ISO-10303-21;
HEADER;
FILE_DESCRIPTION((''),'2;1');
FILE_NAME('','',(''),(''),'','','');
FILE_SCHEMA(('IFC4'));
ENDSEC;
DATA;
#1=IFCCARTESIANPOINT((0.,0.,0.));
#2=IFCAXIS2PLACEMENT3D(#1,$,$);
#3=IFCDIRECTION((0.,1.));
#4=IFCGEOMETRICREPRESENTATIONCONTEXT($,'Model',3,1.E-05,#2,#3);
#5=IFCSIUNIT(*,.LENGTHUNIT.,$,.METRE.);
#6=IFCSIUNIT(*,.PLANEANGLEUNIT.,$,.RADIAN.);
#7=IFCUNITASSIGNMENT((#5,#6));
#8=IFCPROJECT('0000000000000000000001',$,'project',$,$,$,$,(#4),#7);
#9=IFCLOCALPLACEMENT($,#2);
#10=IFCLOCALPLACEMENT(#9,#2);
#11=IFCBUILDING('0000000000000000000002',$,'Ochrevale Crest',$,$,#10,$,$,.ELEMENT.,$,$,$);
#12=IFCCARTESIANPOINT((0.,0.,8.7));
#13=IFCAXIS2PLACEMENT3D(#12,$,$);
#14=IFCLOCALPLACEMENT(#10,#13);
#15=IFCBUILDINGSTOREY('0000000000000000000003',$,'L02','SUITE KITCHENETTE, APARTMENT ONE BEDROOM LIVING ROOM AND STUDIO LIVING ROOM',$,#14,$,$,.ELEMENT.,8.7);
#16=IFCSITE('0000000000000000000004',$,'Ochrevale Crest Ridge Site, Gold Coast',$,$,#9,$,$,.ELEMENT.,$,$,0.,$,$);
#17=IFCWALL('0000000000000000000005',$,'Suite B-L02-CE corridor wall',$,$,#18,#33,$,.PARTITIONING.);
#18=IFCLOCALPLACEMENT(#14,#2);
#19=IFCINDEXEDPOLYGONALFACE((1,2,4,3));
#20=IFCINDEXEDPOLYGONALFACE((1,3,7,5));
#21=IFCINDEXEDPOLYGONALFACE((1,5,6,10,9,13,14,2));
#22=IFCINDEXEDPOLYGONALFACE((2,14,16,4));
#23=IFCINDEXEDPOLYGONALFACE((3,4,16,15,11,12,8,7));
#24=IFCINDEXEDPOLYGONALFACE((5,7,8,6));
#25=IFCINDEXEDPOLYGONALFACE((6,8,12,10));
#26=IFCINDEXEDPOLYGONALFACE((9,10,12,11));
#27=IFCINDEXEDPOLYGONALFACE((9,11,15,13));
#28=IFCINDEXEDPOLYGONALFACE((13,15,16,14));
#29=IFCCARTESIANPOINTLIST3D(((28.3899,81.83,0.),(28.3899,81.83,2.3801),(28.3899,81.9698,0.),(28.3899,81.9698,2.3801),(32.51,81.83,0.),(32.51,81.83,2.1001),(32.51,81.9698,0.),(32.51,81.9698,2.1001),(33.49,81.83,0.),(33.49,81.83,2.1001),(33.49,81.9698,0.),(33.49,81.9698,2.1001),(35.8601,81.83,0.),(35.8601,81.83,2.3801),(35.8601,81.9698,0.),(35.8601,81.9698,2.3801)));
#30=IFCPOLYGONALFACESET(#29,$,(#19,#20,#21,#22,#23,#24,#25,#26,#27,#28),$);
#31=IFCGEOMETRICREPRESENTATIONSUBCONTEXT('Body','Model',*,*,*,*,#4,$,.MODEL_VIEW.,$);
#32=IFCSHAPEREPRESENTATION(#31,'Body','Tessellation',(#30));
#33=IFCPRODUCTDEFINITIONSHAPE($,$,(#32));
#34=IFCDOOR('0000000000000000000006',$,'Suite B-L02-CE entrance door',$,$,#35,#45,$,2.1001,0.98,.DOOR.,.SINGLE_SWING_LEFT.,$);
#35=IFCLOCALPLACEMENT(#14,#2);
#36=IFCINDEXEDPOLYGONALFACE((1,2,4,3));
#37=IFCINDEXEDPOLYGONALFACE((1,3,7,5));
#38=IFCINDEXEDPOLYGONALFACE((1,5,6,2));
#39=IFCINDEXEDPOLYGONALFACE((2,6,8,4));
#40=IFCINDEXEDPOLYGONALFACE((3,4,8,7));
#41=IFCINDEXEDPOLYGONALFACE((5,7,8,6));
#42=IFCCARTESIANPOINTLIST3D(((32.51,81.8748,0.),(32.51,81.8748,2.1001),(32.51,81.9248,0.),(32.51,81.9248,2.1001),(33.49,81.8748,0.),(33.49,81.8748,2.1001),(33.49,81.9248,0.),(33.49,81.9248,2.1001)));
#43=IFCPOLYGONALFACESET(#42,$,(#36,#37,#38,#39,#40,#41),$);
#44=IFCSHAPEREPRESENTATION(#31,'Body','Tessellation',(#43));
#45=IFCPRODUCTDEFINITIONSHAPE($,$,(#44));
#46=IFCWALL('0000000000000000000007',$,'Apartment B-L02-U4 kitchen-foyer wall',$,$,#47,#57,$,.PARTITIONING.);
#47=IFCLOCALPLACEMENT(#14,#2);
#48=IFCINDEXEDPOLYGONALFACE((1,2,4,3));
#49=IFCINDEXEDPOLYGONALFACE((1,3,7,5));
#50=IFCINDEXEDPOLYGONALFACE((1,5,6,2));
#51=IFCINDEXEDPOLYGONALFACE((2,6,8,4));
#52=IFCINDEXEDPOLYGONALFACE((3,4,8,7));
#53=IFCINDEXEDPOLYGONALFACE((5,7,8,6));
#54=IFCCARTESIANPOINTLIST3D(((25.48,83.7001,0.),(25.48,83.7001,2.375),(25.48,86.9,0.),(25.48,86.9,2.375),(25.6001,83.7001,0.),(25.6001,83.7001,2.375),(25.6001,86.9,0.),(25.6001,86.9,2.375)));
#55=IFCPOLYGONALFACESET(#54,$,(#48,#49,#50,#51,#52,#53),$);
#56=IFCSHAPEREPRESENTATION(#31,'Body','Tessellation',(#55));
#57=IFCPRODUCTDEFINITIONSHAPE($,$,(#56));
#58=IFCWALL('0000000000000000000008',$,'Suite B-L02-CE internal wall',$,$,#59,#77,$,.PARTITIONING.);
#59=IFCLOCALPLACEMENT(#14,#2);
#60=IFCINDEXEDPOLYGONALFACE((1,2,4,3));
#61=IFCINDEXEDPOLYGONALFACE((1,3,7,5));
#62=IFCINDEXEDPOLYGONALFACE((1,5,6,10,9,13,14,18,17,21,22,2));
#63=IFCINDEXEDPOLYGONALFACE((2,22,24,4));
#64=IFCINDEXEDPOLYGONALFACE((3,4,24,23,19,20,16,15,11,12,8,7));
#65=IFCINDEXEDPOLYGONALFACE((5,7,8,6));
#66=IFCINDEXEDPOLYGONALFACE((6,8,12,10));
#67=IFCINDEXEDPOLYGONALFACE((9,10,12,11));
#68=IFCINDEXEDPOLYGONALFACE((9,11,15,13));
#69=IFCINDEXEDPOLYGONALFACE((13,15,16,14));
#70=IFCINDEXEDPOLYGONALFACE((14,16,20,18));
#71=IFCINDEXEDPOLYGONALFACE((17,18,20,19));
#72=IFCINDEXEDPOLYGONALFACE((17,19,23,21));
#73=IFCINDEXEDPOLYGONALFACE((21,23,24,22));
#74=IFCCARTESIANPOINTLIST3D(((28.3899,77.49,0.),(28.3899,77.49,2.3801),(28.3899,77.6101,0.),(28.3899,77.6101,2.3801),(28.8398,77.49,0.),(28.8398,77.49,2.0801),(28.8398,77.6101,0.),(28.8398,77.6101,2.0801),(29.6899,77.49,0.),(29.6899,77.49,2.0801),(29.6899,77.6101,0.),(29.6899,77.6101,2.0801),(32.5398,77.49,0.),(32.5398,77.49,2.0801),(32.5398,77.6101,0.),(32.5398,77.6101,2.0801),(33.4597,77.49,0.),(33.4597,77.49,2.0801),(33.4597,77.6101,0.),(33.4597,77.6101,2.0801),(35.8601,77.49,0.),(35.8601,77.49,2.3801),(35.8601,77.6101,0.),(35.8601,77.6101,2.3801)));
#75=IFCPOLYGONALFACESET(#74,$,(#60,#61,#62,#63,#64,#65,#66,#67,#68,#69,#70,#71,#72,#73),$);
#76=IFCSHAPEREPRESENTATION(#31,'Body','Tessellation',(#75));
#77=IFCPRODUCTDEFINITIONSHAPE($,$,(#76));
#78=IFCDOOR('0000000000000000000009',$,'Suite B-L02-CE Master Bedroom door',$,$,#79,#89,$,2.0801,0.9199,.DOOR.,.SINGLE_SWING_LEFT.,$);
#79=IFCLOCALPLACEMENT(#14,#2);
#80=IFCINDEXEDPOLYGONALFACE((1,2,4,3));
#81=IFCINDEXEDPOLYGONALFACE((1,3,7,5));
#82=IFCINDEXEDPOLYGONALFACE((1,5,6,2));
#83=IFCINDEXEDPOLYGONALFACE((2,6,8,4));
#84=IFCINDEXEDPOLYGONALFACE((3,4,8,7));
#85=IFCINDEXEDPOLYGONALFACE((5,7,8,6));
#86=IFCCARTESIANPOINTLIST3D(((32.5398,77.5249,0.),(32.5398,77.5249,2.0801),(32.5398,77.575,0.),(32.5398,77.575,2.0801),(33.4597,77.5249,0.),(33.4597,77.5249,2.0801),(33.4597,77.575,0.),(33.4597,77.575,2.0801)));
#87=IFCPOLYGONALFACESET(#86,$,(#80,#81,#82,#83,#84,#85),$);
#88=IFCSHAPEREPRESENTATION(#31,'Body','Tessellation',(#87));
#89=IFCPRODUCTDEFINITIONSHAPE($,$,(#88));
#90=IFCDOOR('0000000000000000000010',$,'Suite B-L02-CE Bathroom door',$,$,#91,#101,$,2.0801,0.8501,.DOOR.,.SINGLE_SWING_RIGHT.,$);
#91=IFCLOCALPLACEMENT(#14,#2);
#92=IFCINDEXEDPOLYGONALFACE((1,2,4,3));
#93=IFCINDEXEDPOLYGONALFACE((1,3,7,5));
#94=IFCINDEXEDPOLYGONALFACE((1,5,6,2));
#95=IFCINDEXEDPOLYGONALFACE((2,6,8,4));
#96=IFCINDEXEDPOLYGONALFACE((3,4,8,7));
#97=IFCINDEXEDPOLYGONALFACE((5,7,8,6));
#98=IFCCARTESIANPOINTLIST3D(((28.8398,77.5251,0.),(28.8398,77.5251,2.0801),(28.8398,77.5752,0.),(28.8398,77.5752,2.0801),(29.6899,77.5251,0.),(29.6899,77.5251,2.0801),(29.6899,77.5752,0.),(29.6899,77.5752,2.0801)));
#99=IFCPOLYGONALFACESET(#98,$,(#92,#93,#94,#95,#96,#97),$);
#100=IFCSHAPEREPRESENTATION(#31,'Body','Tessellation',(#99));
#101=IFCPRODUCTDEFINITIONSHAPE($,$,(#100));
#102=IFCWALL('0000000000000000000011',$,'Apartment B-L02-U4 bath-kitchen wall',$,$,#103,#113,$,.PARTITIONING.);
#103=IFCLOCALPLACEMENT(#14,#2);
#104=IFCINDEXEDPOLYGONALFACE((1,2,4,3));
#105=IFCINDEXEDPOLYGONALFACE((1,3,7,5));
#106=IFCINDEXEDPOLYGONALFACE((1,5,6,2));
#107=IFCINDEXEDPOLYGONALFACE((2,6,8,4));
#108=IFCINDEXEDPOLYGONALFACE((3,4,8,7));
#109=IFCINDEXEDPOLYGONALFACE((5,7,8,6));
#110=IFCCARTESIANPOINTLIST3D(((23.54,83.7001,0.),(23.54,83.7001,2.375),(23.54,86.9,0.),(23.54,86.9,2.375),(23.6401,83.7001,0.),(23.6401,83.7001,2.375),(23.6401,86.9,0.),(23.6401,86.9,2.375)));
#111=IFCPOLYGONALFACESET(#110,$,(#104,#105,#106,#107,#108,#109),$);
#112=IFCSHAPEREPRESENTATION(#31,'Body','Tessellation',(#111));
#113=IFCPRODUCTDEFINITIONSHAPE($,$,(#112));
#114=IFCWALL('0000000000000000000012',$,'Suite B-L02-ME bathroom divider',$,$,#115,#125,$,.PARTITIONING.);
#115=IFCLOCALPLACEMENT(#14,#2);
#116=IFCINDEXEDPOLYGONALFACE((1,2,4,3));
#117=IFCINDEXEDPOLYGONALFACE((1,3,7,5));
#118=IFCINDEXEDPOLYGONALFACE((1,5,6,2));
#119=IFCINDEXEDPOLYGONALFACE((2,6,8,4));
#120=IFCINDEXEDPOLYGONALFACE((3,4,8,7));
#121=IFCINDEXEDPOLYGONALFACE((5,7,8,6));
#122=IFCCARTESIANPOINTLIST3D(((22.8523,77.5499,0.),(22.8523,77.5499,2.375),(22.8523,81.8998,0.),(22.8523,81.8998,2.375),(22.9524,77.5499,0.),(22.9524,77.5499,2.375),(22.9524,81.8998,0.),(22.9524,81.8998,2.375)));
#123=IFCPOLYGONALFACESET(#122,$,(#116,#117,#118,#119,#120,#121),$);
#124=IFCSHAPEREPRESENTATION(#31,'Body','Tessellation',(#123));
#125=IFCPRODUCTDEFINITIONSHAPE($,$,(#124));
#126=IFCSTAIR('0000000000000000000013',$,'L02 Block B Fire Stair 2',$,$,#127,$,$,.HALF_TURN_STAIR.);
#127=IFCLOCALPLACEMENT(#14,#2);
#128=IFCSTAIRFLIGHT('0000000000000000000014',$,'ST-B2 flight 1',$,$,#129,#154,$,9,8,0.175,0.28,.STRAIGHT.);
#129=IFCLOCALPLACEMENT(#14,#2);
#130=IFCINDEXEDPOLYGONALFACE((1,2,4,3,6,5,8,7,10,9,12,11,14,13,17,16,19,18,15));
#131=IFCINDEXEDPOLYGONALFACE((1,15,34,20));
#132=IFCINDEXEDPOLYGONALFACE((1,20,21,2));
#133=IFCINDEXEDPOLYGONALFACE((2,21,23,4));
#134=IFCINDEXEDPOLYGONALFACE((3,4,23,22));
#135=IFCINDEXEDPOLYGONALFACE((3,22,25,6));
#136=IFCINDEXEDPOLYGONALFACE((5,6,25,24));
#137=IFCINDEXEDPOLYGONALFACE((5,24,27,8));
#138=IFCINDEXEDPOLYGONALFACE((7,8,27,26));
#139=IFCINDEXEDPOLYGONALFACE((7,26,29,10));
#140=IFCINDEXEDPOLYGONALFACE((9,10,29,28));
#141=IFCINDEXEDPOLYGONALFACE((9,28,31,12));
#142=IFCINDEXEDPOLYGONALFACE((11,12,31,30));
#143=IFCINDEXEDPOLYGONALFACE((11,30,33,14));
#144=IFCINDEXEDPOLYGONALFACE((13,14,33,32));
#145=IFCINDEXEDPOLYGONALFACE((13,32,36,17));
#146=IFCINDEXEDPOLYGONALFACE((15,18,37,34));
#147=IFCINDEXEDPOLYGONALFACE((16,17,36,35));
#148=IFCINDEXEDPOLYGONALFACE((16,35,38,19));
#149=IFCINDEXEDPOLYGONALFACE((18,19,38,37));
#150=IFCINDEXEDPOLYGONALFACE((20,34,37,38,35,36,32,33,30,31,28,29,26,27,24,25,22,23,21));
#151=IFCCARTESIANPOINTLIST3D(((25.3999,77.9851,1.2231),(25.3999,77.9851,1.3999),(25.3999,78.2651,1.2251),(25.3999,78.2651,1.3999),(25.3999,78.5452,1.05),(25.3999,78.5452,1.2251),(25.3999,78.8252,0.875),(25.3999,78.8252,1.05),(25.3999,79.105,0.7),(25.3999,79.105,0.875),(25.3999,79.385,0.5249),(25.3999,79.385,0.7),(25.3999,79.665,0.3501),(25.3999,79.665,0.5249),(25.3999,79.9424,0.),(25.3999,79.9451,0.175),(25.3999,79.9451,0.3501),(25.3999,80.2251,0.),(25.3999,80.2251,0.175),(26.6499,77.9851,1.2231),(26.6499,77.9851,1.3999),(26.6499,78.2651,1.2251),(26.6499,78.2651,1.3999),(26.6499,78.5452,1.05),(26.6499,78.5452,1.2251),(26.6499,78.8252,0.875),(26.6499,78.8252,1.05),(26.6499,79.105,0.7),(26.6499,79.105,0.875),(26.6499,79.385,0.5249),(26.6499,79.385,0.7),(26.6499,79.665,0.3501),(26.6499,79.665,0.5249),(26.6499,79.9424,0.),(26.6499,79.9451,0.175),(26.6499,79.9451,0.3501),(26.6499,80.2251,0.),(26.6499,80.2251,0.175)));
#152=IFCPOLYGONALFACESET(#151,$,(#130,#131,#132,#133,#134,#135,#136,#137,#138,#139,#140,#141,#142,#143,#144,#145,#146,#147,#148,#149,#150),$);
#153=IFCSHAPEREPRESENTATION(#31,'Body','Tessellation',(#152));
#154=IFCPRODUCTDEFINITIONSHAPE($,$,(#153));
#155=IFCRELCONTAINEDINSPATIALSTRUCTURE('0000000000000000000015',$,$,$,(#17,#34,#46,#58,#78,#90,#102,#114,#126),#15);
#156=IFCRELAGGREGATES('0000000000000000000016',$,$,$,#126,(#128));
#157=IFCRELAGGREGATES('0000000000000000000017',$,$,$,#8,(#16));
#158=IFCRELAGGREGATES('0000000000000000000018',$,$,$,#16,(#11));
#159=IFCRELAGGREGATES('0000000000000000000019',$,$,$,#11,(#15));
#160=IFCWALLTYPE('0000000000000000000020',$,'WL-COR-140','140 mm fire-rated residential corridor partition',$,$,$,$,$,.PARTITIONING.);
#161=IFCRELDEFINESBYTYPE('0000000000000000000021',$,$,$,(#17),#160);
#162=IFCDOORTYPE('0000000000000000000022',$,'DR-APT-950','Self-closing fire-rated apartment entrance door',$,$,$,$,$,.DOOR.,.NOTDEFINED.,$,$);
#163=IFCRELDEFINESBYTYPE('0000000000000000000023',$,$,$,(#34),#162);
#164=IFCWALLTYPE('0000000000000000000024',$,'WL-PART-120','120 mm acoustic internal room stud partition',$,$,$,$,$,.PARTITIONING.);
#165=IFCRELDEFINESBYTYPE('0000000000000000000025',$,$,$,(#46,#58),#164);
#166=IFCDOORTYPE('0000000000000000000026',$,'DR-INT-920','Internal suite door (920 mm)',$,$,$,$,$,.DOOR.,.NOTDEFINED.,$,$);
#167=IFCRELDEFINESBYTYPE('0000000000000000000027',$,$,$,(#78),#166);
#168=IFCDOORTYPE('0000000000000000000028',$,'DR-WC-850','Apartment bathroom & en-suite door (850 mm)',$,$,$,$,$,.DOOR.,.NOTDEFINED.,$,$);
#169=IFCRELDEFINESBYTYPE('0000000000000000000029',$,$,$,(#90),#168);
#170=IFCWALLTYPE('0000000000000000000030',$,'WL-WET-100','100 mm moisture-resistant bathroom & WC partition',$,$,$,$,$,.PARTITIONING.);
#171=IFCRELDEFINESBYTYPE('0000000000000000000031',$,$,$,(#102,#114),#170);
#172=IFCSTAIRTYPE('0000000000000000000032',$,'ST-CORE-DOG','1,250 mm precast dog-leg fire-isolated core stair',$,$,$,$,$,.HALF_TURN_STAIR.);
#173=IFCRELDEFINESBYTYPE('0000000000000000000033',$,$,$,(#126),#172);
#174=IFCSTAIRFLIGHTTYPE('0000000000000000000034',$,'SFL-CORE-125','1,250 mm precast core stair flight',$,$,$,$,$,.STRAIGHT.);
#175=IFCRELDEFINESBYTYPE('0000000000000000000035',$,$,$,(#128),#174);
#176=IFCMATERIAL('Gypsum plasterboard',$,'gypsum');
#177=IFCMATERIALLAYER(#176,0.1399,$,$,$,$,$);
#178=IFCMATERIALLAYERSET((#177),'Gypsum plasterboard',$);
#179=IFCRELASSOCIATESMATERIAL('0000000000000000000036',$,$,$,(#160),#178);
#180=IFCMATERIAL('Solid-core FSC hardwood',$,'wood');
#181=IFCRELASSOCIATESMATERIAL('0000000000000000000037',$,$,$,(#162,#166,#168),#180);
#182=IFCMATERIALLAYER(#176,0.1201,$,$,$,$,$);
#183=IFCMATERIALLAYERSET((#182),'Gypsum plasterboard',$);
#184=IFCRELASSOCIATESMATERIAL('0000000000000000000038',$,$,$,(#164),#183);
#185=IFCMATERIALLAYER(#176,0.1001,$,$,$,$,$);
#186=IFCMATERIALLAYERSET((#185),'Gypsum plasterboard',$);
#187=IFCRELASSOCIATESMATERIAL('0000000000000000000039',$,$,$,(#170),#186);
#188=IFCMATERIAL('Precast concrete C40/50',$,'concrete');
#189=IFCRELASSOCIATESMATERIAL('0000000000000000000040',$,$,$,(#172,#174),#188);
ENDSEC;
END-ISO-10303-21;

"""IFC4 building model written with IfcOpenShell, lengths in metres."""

from ifc_helpers import new_model, si_unit, direction, frame, frame_2d, origin, place, context, subcontext, project, spatial, polyline, rectangle, outline, extrude, material, layer, layer_set, type_object, element, fill, aggregate, save


model = new_model("IFC4")

# Units and contexts
model_context = context("Model", 3, precision=1e-05, world=origin(), true_north=direction((0.0, 1.0)))
body_context = subcontext(model_context, "Body", "Model", "MODEL_VIEW")
ifc_project = project(units=[si_unit("LENGTHUNIT", "METRE"), si_unit("PLANEANGLEUNIT", "RADIAN")], contexts=[model_context])

# Site, building, storey
site_placement = place(None, origin())
site = spatial("IfcSite", under=ifc_project, at=site_placement, Name="Ochrevale Crest Ridge Site, Gold Coast", CompositionType="ELEMENT", RefElevation=0.0)
building_placement = place(site_placement, origin())
building = spatial("IfcBuilding", under=site, at=building_placement, Name="Ochrevale Crest", CompositionType="ELEMENT")
storey_placement = place(building_placement, frame((0.0, 0.0, 8.7)))
storey = spatial("IfcBuildingStorey", under=building, at=storey_placement, Name="L02", Description="SUITE KITCHENETTE, APARTMENT ONE BEDROOM LIVING ROOM AND STUDIO LIVING ROOM", CompositionType="ELEMENT", Elevation=8.7)

# Wall, opening, door
ifc_material_1 = material(Name="Gypsum plasterboard", Category="gypsum")
ifc_layer_1 = layer(ifc_material_1, 0.1399)
ifc_layer_set_1 = layer_set([ifc_layer_1], Name="Gypsum plasterboard")
wall_type_1 = type_object("IfcWallType", Name="WL-COR-140", Description="140 mm fire-rated residential corridor partition", PredefinedType="PARTITIONING", material=ifc_layer_set_1)
ifc_material_2 = material(Name="Solid-core FSC hardwood", Category="wood")
door_type_1 = type_object("IfcDoorType", Name="DR-APT-950", Description="Self-closing fire-rated apartment entrance door", OperationType="NOTDEFINED", PredefinedType="DOOR", material=ifc_material_2)
wall_1_placement = place(storey_placement, frame((28.3899, 81.8999, 0.0), z_axis=(0.0, 0.0, 1.0), x_axis=(1.0, 0.0, 0.0)))
wall_1 = element("IfcWall", 1, at=wall_1_placement, inside=storey, type_object=wall_type_1, Name="Suite B-L02-CE corridor wall", PredefinedType="PARTITIONING", context=body_context, shape_type="SweptSolid", body=[
    extrude(rectangle(XDim=7.4702, YDim=0.1399, at=frame_2d((3.7351, 0.0))), origin(), (0.0, 0.0, 1.0), 2.3801),
])
opening_1_placement = place(wall_1_placement, frame((4.1201, 0.0, 0.0)))
opening_1 = element("IfcOpeningElement", 2, at=opening_1_placement, cuts=wall_1, PredefinedType="OPENING", context=body_context, shape_type="SweptSolid", body=[
    extrude(rectangle(XDim=0.98, YDim=2.1001, at=frame_2d((0.49, 1.05))), frame((0.0, 0.0801, 0.0), z_axis=(0.0, -1.0, 0.0), x_axis=(1.0, 0.0, 0.0)), (0.0, 0.0, 1.0), 0.1599),
])
door_1_placement = place(opening_1_placement, origin())
door_1 = element("IfcDoor", 3, at=door_1_placement, inside=storey, type_object=door_type_1, Name="Suite B-L02-CE entrance door", OperationType="SINGLE_SWING_LEFT", OverallHeight=2.1001, OverallWidth=0.98, PredefinedType="DOOR", context=body_context, shape_type="SweptSolid", body=[
    extrude(rectangle(XDim=0.98, YDim=2.1001, at=frame_2d((0.49, 1.05))), frame((0.0, 0.0249, 0.0), z_axis=(0.0, -1.0, 0.0), x_axis=(1.0, 0.0, 0.0)), (0.0, 0.0, 1.0), 0.05),
])
fill(opening_1, door_1)

# Wall
ifc_layer_2 = layer(ifc_material_1, 0.1201)
ifc_layer_set_2 = layer_set([ifc_layer_2], Name="Gypsum plasterboard")
wall_type_2 = type_object("IfcWallType", Name="WL-PART-120", Description="120 mm acoustic internal room stud partition", PredefinedType="PARTITIONING", material=ifc_layer_set_2)
wall_2_placement = place(storey_placement, frame((25.54, 83.7, 0.0), z_axis=(0.0, 0.0, 1.0), x_axis=(0.0, 1.0, 0.0)))
element("IfcWall", 4, at=wall_2_placement, inside=storey, type_object=wall_type_2, Name="Apartment B-L02-U4 kitchen-foyer wall", PredefinedType="PARTITIONING", context=body_context, shape_type="SweptSolid", body=[
    extrude(rectangle(XDim=3.2, YDim=0.1201, at=frame_2d((1.6001, 0.0))), origin(), (0.0, 0.0, 1.0), 2.375),
])

# Wall, openings, doors
wall_3_placement = place(storey_placement, frame((28.3899, 77.55, 0.0), z_axis=(0.0, 0.0, 1.0), x_axis=(1.0, 0.0, 0.0)))
wall_3 = element("IfcWall", 5, at=wall_3_placement, inside=storey, type_object=wall_type_2, Name="Suite B-L02-CE internal wall", PredefinedType="PARTITIONING", context=body_context, shape_type="SweptSolid", body=[
    extrude(rectangle(XDim=7.4702, YDim=0.1201, at=frame_2d((3.7351, 0.0))), origin(), (0.0, 0.0, 1.0), 2.3801),
])
opening_2_placement = place(wall_3_placement, frame((1.3, 0.0, 0.0), z_axis=(0.0, 0.0, 1.0), x_axis=(-1.0, 0.0, 0.0)))
opening_2 = element("IfcOpeningElement", 6, at=opening_2_placement, cuts=wall_3, PredefinedType="OPENING", context=body_context, shape_type="SweptSolid", body=[
    extrude(rectangle(XDim=0.8501, YDim=2.0801, at=frame_2d((0.425, 1.04))), frame((0.0, 0.0701, 0.0), z_axis=(0.0, -1.0, 0.0), x_axis=(1.0, 0.0, 0.0)), (0.0, 0.0, 1.0), 0.1401),
])
opening_3_placement = place(wall_3_placement, frame((4.1499, 0.0, 0.0)))
opening_3 = element("IfcOpeningElement", 7, at=opening_3_placement, cuts=wall_3, PredefinedType="OPENING", context=body_context, shape_type="SweptSolid", body=[
    extrude(rectangle(XDim=0.9199, YDim=2.0801, at=frame_2d((0.46, 1.04))), frame((0.0, 0.0701, 0.0), z_axis=(0.0, -1.0, 0.0), x_axis=(1.0, 0.0, 0.0)), (0.0, 0.0, 1.0), 0.1401),
])
door_type_2 = type_object("IfcDoorType", Name="DR-INT-920", Description="Internal suite door (920 mm)", OperationType="NOTDEFINED", PredefinedType="DOOR", material=ifc_material_2)
door_2_placement = place(opening_3_placement, origin())
door_2 = element("IfcDoor", 8, at=door_2_placement, inside=storey, type_object=door_type_2, Name="Suite B-L02-CE Master Bedroom door", OperationType="SINGLE_SWING_LEFT", OverallHeight=2.0801, OverallWidth=0.9199, PredefinedType="DOOR", context=body_context, shape_type="SweptSolid", body=[
    extrude(rectangle(XDim=0.9199, YDim=2.0801, at=frame_2d((0.46, 1.04))), frame((0.0, 0.0249, 0.0), z_axis=(0.0, -1.0, 0.0), x_axis=(1.0, 0.0, 0.0)), (0.0, 0.0, 1.0), 0.05),
])
fill(opening_3, door_2)
door_type_3 = type_object("IfcDoorType", Name="DR-WC-850", Description="Apartment bathroom & en-suite door (850 mm)", OperationType="NOTDEFINED", PredefinedType="DOOR", material=ifc_material_2)
door_3_placement = place(opening_2_placement, origin())
door_3 = element("IfcDoor", 9, at=door_3_placement, inside=storey, type_object=door_type_3, Name="Suite B-L02-CE Bathroom door", OperationType="SINGLE_SWING_RIGHT", OverallHeight=2.0801, OverallWidth=0.8501, PredefinedType="DOOR", context=body_context, shape_type="SweptSolid", body=[
    extrude(rectangle(XDim=0.8501, YDim=2.0801, at=frame_2d((0.425, 1.04))), frame((0.0, 0.0249, 0.0), z_axis=(0.0, -1.0, 0.0), x_axis=(1.0, 0.0, 0.0)), (0.0, 0.0, 1.0), 0.05),
])
fill(opening_2, door_3)

# Walls
ifc_layer_3 = layer(ifc_material_1, 0.1001)
ifc_layer_set_3 = layer_set([ifc_layer_3], Name="Gypsum plasterboard")
wall_type_3 = type_object("IfcWallType", Name="WL-WET-100", Description="100 mm moisture-resistant bathroom & WC partition", PredefinedType="PARTITIONING", material=ifc_layer_set_3)
wall_4_placement = place(storey_placement, frame((23.5901, 83.7, 0.0), z_axis=(0.0, 0.0, 1.0), x_axis=(0.0, 1.0, 0.0)))
element("IfcWall", 10, at=wall_4_placement, inside=storey, type_object=wall_type_3, Name="Apartment B-L02-U4 bath-kitchen wall", PredefinedType="PARTITIONING", context=body_context, shape_type="SweptSolid", body=[
    extrude(rectangle(XDim=3.2, YDim=0.1001, at=frame_2d((1.6001, 0.0))), origin(), (0.0, 0.0, 1.0), 2.375),
])
wall_5_placement = place(storey_placement, frame((22.9023, 77.55, 0.0), z_axis=(0.0, 0.0, 1.0), x_axis=(0.0, 1.0, 0.0)))
element("IfcWall", 11, at=wall_5_placement, inside=storey, type_object=wall_type_3, Name="Suite B-L02-ME bathroom divider", PredefinedType="PARTITIONING", context=body_context, shape_type="SweptSolid", body=[
    extrude(rectangle(XDim=4.3499, YDim=0.1001, at=frame_2d((2.1748, 0.0))), origin(), (0.0, 0.0, 1.0), 2.375),
])

# Stair, stair flight
ifc_material_3 = material(Name="Precast concrete C40/50", Category="concrete")
stair_type = type_object("IfcStairType", Name="ST-CORE-DOG", Description="1,250 mm precast dog-leg fire-isolated core stair", PredefinedType="HALF_TURN_STAIR", material=ifc_material_3)
stair_placement = place(storey_placement, origin())
stair = element("IfcStair", 12, at=stair_placement, inside=storey, type_object=stair_type, Name="L02 Block B Fire Stair 2", PredefinedType="HALF_TURN_STAIR")
stair_flight_type = type_object("IfcStairFlightType", Name="SFL-CORE-125", Description="1,250 mm precast core stair flight", PredefinedType="STRAIGHT", material=ifc_material_3)
stair_flight_1_placement = place(storey_placement, frame((26.0249, 80.2251, 0.0), z_axis=(0.0, 0.0, 1.0), x_axis=(0.0, -1.0, 0.0)))
stair_flight_1 = element("IfcStairFlight", 13, at=stair_flight_1_placement, type_object=stair_flight_type, Name="ST-B2 flight 1", NumberOfRisers=9, NumberOfTreads=8, PredefinedType="STRAIGHT", RiserHeight=0.175, TreadLength=0.28, context=body_context, shape_type="SweptSolid", body=[
    extrude(outline(polyline([(0.0, 0.0), (0.0, 0.175), (0.28, 0.175), (0.28, 0.3501), (0.5601, 0.3501), (0.5601, 0.5249), (0.8401, 0.5249), (0.8401, 0.7), (1.1201, 0.7), (1.1201, 0.875), (1.3999, 0.875), (1.3999, 1.05), (1.6799, 1.05), (1.6799, 1.2251), (1.96, 1.2251), (1.96, 1.3999), (2.24, 1.3999), (2.24, 1.575), (2.24, 1.2231), (0.2827, 0.0), (0.0, 0.0)])), frame((0.0, 0.625, 0.0), z_axis=(0.0, -1.0, 0.0), x_axis=(1.0, 0.0, 0.0)), (0.0, 0.0, 1.0), 1.25),
])
aggregate(stair, [stair_flight_1])

save(model, "model.ifc")
